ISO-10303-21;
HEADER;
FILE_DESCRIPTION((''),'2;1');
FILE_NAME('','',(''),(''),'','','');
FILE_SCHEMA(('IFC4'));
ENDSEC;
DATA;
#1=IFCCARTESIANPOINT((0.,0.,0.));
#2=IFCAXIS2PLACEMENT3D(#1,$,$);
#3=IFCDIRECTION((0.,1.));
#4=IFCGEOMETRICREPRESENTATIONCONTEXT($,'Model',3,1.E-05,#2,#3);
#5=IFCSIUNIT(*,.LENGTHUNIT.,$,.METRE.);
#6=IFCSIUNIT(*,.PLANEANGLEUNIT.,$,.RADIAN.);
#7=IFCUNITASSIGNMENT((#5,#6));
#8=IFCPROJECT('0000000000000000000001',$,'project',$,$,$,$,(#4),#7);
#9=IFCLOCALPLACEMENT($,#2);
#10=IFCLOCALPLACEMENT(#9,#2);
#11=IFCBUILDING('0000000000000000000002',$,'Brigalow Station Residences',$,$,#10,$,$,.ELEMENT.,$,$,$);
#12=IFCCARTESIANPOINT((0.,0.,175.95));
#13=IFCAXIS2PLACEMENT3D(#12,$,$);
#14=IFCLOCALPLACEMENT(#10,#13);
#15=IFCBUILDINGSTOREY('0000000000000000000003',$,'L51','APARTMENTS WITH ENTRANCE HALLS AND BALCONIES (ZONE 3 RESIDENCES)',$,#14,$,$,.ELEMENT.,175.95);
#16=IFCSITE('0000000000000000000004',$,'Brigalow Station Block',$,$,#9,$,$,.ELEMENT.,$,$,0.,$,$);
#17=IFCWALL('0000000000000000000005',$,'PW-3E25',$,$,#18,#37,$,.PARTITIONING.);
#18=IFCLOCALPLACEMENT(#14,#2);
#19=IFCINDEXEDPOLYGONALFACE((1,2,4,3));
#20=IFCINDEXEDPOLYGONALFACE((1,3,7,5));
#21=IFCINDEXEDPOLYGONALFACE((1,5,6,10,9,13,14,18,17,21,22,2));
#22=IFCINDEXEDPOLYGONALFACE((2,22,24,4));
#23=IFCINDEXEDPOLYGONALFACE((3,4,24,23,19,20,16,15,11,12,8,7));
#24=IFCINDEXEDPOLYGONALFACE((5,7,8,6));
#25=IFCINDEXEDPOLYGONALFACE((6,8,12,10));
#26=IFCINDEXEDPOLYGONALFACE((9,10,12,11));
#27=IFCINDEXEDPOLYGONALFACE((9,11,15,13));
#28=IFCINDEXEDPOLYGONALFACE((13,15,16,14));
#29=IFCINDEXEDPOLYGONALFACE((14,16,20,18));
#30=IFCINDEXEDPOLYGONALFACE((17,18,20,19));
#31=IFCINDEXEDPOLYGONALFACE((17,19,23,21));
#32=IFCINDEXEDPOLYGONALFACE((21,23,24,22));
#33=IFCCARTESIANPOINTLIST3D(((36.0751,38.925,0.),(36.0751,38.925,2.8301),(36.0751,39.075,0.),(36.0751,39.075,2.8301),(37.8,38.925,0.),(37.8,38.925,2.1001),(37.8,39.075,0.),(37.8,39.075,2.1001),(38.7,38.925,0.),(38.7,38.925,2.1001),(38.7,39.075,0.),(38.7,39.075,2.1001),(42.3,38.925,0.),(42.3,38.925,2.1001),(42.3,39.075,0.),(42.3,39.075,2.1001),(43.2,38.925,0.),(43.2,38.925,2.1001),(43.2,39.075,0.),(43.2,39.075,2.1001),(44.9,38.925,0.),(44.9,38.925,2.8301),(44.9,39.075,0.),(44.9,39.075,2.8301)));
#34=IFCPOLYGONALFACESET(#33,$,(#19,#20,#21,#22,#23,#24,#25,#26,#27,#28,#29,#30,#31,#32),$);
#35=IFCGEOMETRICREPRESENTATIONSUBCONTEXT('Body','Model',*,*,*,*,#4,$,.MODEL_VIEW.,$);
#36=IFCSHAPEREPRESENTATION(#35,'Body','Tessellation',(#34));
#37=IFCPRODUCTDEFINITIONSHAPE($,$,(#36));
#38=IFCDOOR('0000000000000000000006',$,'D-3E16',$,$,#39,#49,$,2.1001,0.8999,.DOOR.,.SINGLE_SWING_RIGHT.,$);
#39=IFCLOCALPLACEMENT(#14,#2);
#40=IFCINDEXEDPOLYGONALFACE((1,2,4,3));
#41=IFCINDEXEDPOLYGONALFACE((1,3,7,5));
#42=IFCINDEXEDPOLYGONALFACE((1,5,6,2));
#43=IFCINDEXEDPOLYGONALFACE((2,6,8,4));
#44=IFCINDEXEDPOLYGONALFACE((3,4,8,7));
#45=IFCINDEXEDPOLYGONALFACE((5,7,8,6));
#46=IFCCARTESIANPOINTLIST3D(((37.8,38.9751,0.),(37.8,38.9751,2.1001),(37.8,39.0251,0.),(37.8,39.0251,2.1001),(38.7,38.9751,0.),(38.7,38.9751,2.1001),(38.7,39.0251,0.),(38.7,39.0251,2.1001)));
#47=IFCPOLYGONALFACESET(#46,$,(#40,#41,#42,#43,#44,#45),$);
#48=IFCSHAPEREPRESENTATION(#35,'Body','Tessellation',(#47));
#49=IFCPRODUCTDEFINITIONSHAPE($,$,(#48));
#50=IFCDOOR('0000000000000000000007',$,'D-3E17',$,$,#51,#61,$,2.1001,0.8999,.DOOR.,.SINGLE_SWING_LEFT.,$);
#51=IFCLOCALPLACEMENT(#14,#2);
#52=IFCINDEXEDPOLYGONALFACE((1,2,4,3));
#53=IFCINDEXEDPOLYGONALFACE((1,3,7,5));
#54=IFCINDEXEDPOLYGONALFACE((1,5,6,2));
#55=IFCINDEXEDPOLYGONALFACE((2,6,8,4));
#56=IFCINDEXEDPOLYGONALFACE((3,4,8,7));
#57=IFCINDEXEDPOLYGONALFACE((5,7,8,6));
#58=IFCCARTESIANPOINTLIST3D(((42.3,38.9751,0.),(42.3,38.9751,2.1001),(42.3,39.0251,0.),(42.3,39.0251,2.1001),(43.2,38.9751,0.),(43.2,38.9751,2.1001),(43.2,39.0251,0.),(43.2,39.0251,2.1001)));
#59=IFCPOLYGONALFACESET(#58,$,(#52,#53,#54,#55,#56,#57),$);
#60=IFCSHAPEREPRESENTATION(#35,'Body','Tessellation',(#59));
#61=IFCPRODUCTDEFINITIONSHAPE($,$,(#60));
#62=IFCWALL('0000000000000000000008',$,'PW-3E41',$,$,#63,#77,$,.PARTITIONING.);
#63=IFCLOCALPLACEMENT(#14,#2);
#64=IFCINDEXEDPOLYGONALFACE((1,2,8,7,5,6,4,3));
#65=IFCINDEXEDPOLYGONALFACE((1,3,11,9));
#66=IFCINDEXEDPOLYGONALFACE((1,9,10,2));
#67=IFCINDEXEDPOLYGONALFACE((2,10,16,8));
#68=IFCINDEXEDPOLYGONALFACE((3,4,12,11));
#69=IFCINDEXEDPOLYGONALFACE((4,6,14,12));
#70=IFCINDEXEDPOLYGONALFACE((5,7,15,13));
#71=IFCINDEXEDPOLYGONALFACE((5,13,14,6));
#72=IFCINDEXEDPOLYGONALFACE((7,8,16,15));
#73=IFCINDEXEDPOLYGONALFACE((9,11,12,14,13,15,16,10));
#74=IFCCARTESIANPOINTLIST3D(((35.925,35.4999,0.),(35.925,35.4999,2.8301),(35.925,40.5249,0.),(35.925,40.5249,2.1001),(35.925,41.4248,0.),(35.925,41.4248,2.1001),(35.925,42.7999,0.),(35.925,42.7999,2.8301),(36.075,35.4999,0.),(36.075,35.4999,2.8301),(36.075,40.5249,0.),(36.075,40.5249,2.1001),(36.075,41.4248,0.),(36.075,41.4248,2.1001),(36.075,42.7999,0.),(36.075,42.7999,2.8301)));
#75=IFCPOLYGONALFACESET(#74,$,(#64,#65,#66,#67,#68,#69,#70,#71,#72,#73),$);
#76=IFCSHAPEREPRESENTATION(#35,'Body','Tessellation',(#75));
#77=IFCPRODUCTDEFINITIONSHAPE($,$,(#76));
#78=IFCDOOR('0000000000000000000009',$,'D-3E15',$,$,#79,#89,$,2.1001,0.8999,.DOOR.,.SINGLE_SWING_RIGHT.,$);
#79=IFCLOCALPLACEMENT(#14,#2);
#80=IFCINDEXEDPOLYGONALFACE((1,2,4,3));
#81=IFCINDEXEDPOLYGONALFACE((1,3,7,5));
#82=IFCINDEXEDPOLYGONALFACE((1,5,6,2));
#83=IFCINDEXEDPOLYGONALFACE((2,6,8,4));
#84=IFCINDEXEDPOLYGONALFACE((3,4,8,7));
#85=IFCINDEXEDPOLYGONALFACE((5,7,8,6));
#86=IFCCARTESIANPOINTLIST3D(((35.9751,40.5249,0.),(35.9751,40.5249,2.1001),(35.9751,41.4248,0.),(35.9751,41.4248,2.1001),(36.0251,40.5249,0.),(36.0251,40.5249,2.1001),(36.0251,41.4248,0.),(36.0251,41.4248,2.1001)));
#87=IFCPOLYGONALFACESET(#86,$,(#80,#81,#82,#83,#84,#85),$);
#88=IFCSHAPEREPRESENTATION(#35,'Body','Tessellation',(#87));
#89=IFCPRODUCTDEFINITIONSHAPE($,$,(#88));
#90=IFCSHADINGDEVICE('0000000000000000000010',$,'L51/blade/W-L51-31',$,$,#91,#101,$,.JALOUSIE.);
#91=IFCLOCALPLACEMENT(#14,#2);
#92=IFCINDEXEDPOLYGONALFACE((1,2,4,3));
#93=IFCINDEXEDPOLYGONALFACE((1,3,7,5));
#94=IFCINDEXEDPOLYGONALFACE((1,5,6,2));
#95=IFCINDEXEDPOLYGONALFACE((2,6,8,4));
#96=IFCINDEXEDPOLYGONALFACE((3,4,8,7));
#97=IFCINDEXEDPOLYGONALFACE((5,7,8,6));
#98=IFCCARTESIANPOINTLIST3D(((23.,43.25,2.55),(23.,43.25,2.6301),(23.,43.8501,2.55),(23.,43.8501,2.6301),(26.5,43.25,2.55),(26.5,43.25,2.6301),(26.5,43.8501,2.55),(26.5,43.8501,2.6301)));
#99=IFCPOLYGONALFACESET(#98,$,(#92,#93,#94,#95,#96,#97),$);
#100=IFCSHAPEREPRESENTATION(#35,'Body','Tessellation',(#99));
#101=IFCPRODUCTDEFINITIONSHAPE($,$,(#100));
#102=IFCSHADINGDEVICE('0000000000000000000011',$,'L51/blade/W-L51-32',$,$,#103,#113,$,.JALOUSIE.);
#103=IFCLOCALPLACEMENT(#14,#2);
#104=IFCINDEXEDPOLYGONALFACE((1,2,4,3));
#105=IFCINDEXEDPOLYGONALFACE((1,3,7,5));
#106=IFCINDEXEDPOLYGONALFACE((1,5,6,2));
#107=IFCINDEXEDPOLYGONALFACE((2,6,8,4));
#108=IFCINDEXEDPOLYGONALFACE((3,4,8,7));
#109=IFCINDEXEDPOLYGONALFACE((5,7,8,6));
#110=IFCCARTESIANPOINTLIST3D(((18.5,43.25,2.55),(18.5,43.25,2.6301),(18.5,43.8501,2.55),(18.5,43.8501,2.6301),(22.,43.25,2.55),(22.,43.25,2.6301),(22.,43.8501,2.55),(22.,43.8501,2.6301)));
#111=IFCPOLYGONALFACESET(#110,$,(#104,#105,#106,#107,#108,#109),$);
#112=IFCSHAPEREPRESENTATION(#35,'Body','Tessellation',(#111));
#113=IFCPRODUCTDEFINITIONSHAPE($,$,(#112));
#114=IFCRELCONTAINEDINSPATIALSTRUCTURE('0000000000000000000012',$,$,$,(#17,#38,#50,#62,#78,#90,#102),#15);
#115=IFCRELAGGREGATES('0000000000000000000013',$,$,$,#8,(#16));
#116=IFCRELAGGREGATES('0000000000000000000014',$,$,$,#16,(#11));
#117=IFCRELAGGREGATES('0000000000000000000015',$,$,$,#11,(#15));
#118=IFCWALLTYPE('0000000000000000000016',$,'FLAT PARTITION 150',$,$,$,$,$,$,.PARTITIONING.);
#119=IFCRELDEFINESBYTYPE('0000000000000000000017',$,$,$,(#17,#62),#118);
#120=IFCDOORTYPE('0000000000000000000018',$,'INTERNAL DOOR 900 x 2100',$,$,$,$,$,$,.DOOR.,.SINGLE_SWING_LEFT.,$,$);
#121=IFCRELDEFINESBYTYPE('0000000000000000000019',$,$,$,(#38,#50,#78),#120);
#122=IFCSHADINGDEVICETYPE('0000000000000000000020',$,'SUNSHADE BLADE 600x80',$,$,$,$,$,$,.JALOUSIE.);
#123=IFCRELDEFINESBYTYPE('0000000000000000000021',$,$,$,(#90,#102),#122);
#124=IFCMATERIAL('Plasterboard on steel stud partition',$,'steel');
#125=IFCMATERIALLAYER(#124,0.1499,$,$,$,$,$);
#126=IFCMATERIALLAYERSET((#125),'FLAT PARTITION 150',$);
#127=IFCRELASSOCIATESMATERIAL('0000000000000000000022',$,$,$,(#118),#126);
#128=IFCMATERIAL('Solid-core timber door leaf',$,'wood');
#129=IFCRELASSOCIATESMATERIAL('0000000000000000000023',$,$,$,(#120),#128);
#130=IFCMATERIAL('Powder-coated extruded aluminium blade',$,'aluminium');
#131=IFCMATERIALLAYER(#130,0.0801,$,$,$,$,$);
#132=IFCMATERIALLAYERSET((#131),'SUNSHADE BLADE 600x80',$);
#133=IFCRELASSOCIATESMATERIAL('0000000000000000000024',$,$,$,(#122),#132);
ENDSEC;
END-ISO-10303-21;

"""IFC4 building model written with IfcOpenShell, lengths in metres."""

from ifc_helpers import new_model, si_unit, direction, frame, frame_2d, origin, origin_2d, place, context, subcontext, project, spatial, rectangle, extrude, material, layer, layer_set, type_object, element, fill, save


model = new_model("IFC4")

# Units and contexts
model_context = context("Model", 3, precision=1e-05, world=origin(), true_north=direction((0.0, 1.0)))
body_context = subcontext(model_context, "Body", "Model", "MODEL_VIEW")
ifc_project = project(units=[si_unit("LENGTHUNIT", "METRE"), si_unit("PLANEANGLEUNIT", "RADIAN")], contexts=[model_context])

# Site, building, storey
site_placement = place(None, origin())
site = spatial("IfcSite", under=ifc_project, at=site_placement, Name="Brigalow Station Block", CompositionType="ELEMENT", RefElevation=0.0)
building_placement = place(site_placement, origin())
building = spatial("IfcBuilding", under=site, at=building_placement, Name="Brigalow Station Residences", CompositionType="ELEMENT")
storey_placement = place(building_placement, frame((0.0, 0.0, 175.95)))
storey = spatial("IfcBuildingStorey", under=building, at=storey_placement, Name="L51", Description="APARTMENTS WITH ENTRANCE HALLS AND BALCONIES (ZONE 3 RESIDENCES)", CompositionType="ELEMENT", Elevation=175.95)

# Wall, openings, doors
ifc_material_1 = material(Name="Plasterboard on steel stud partition", Category="steel")
ifc_layer_1 = layer(ifc_material_1, 0.1499)
ifc_layer_set_1 = layer_set([ifc_layer_1], Name="FLAT PARTITION 150")
wall_type_1 = type_object("IfcWallType", Name="FLAT PARTITION 150", PredefinedType="PARTITIONING", material=ifc_layer_set_1)
wall_1_placement = place(storey_placement, frame((36.075, 39.0, 0.0), z_axis=(0.0, 0.0, 1.0), x_axis=(1.0, 0.0, 0.0)))
wall_1 = element("IfcWall", 1, at=wall_1_placement, inside=storey, type_object=wall_type_1, Name="PW-3E25", PredefinedType="PARTITIONING", context=body_context, shape_type="SweptSolid", body=[
    extrude(rectangle(XDim=8.825, YDim=0.1499, at=frame_2d((4.4126, 0.0))), origin(), (0.0, 0.0, 1.0), 2.8301),
])
opening_1_placement = place(wall_1_placement, frame((1.7251, 0.0, 0.0)))
opening_1 = element("IfcOpeningElement", 2, at=opening_1_placement, cuts=wall_1, PredefinedType="OPENING", context=body_context, shape_type="SweptSolid", body=[
    extrude(rectangle(XDim=0.8999, YDim=2.1001, at=frame_2d((0.45, 1.05))), frame((0.0, 0.085, 0.0), z_axis=(0.0, -1.0, 0.0), x_axis=(1.0, 0.0, 0.0)), (0.0, 0.0, 1.0), 0.1699),
])
opening_2_placement = place(wall_1_placement, frame((6.2251, 0.0, 0.0)))
opening_2 = element("IfcOpeningElement", 3, at=opening_2_placement, cuts=wall_1, PredefinedType="OPENING", context=body_context, shape_type="SweptSolid", body=[
    extrude(rectangle(XDim=0.8999, YDim=2.1001, at=frame_2d((0.45, 1.05))), frame((0.0, 0.085, 0.0), z_axis=(0.0, -1.0, 0.0), x_axis=(1.0, 0.0, 0.0)), (0.0, 0.0, 1.0), 0.1699),
])
ifc_material_2 = material(Name="Solid-core timber door leaf", Category="wood")
door_type_1 = type_object("IfcDoorType", Name="INTERNAL DOOR 900 x 2100", OperationType="SINGLE_SWING_LEFT", PredefinedType="DOOR", material=ifc_material_2)
door_1_placement = place(opening_1_placement, frame((0.8999, 0.0, 0.0), z_axis=(0.0, 0.0, 1.0), x_axis=(-1.0, 0.0, 0.0)))
door_1 = element("IfcDoor", 4, at=door_1_placement, inside=storey, type_object=door_type_1, Name="D-3E16", OperationType="SINGLE_SWING_RIGHT", OverallHeight=2.1001, OverallWidth=0.8999, PredefinedType="DOOR", context=body_context, shape_type="SweptSolid", body=[
    extrude(rectangle(XDim=0.8999, YDim=2.1001, at=frame_2d((0.45, 1.05))), frame((0.0, 0.0249, 0.0), z_axis=(0.0, -1.0, 0.0), x_axis=(1.0, 0.0, 0.0)), (0.0, 0.0, 1.0), 0.05),
])
fill(opening_1, door_1)
door_2_placement = place(opening_2_placement, frame((0.8999, 0.0, 0.0), z_axis=(0.0, 0.0, 1.0), x_axis=(-1.0, 0.0, 0.0)))
door_2 = element("IfcDoor", 5, at=door_2_placement, inside=storey, type_object=door_type_1, Name="D-3E17", OperationType="SINGLE_SWING_LEFT", OverallHeight=2.1001, OverallWidth=0.8999, PredefinedType="DOOR", context=body_context, shape_type="SweptSolid", body=[
    extrude(rectangle(XDim=0.8999, YDim=2.1001, at=frame_2d((0.45, 1.05))), frame((0.0, 0.0249, 0.0), z_axis=(0.0, -1.0, 0.0), x_axis=(1.0, 0.0, 0.0)), (0.0, 0.0, 1.0), 0.05),
])
fill(opening_2, door_2)

# Wall, opening, door
wall_2_placement = place(storey_placement, frame((36.0, 35.5, 0.0), z_axis=(0.0, 0.0, 1.0), x_axis=(0.0, 1.0, 0.0)))
wall_2 = element("IfcWall", 6, at=wall_2_placement, inside=storey, type_object=wall_type_1, Name="PW-3E41", PredefinedType="PARTITIONING", context=body_context, shape_type="SweptSolid", body=[
    extrude(rectangle(XDim=7.3, YDim=0.1499, at=frame_2d((3.6499, 0.0))), origin(), (0.0, 0.0, 1.0), 2.8301),
])
opening_3_placement = place(wall_2_placement, frame((5.0249, 0.0, 0.0)))
opening_3 = element("IfcOpeningElement", 7, at=opening_3_placement, cuts=wall_2, PredefinedType="OPENING", context=body_context, shape_type="SweptSolid", body=[
    extrude(rectangle(XDim=0.8999, YDim=2.1001, at=frame_2d((0.45, 1.05))), frame((0.0, 0.085, 0.0), z_axis=(0.0, -1.0, 0.0), x_axis=(1.0, 0.0, 0.0)), (0.0, 0.0, 1.0), 0.1699),
])
door_3_placement = place(opening_3_placement, origin())
door_3 = element("IfcDoor", 8, at=door_3_placement, inside=storey, type_object=door_type_1, Name="D-3E15", OperationType="SINGLE_SWING_RIGHT", OverallHeight=2.1001, OverallWidth=0.8999, PredefinedType="DOOR", context=body_context, shape_type="SweptSolid", body=[
    extrude(rectangle(XDim=0.8999, YDim=2.1001, at=frame_2d((0.45, 1.05))), frame((0.0, 0.0249, 0.0), z_axis=(0.0, -1.0, 0.0), x_axis=(1.0, 0.0, 0.0)), (0.0, 0.0, 1.0), 0.05),
])
fill(opening_3, door_3)

# Shading devices
ifc_material_3 = material(Name="Powder-coated extruded aluminium blade", Category="aluminium")
ifc_layer_2 = layer(ifc_material_3, 0.0801)
ifc_layer_set_2 = layer_set([ifc_layer_2], Name="SUNSHADE BLADE 600x80")
shading_device_type = type_object("IfcShadingDeviceType", Name="SUNSHADE BLADE 600x80", PredefinedType="JALOUSIE", material=ifc_layer_set_2)
for number, where, z_axis, x_axis, name in (
    (9, (24.75, 43.55, 2.55), (0.0, 0.0, 1.0), (-1.0, 0.0, 0.0), "L51/blade/W-L51-31"),
    (10, (20.25, 43.55, 2.55), (0.0, 0.0, 1.0), (-1.0, 0.0, 0.0), "L51/blade/W-L51-32"),
):
    element("IfcShadingDevice", number, at=place(storey_placement, frame(where, z_axis=z_axis, x_axis=x_axis)), inside=storey, type_object=shading_device_type, Name=name, PredefinedType="JALOUSIE", context=body_context, shape_type="SweptSolid", body=[
        extrude(rectangle(XDim=3.5, YDim=0.6001, at=origin_2d()), origin(), (0.0, 0.0, 1.0), 0.0801),
    ])

save(model, "model.ifc")
